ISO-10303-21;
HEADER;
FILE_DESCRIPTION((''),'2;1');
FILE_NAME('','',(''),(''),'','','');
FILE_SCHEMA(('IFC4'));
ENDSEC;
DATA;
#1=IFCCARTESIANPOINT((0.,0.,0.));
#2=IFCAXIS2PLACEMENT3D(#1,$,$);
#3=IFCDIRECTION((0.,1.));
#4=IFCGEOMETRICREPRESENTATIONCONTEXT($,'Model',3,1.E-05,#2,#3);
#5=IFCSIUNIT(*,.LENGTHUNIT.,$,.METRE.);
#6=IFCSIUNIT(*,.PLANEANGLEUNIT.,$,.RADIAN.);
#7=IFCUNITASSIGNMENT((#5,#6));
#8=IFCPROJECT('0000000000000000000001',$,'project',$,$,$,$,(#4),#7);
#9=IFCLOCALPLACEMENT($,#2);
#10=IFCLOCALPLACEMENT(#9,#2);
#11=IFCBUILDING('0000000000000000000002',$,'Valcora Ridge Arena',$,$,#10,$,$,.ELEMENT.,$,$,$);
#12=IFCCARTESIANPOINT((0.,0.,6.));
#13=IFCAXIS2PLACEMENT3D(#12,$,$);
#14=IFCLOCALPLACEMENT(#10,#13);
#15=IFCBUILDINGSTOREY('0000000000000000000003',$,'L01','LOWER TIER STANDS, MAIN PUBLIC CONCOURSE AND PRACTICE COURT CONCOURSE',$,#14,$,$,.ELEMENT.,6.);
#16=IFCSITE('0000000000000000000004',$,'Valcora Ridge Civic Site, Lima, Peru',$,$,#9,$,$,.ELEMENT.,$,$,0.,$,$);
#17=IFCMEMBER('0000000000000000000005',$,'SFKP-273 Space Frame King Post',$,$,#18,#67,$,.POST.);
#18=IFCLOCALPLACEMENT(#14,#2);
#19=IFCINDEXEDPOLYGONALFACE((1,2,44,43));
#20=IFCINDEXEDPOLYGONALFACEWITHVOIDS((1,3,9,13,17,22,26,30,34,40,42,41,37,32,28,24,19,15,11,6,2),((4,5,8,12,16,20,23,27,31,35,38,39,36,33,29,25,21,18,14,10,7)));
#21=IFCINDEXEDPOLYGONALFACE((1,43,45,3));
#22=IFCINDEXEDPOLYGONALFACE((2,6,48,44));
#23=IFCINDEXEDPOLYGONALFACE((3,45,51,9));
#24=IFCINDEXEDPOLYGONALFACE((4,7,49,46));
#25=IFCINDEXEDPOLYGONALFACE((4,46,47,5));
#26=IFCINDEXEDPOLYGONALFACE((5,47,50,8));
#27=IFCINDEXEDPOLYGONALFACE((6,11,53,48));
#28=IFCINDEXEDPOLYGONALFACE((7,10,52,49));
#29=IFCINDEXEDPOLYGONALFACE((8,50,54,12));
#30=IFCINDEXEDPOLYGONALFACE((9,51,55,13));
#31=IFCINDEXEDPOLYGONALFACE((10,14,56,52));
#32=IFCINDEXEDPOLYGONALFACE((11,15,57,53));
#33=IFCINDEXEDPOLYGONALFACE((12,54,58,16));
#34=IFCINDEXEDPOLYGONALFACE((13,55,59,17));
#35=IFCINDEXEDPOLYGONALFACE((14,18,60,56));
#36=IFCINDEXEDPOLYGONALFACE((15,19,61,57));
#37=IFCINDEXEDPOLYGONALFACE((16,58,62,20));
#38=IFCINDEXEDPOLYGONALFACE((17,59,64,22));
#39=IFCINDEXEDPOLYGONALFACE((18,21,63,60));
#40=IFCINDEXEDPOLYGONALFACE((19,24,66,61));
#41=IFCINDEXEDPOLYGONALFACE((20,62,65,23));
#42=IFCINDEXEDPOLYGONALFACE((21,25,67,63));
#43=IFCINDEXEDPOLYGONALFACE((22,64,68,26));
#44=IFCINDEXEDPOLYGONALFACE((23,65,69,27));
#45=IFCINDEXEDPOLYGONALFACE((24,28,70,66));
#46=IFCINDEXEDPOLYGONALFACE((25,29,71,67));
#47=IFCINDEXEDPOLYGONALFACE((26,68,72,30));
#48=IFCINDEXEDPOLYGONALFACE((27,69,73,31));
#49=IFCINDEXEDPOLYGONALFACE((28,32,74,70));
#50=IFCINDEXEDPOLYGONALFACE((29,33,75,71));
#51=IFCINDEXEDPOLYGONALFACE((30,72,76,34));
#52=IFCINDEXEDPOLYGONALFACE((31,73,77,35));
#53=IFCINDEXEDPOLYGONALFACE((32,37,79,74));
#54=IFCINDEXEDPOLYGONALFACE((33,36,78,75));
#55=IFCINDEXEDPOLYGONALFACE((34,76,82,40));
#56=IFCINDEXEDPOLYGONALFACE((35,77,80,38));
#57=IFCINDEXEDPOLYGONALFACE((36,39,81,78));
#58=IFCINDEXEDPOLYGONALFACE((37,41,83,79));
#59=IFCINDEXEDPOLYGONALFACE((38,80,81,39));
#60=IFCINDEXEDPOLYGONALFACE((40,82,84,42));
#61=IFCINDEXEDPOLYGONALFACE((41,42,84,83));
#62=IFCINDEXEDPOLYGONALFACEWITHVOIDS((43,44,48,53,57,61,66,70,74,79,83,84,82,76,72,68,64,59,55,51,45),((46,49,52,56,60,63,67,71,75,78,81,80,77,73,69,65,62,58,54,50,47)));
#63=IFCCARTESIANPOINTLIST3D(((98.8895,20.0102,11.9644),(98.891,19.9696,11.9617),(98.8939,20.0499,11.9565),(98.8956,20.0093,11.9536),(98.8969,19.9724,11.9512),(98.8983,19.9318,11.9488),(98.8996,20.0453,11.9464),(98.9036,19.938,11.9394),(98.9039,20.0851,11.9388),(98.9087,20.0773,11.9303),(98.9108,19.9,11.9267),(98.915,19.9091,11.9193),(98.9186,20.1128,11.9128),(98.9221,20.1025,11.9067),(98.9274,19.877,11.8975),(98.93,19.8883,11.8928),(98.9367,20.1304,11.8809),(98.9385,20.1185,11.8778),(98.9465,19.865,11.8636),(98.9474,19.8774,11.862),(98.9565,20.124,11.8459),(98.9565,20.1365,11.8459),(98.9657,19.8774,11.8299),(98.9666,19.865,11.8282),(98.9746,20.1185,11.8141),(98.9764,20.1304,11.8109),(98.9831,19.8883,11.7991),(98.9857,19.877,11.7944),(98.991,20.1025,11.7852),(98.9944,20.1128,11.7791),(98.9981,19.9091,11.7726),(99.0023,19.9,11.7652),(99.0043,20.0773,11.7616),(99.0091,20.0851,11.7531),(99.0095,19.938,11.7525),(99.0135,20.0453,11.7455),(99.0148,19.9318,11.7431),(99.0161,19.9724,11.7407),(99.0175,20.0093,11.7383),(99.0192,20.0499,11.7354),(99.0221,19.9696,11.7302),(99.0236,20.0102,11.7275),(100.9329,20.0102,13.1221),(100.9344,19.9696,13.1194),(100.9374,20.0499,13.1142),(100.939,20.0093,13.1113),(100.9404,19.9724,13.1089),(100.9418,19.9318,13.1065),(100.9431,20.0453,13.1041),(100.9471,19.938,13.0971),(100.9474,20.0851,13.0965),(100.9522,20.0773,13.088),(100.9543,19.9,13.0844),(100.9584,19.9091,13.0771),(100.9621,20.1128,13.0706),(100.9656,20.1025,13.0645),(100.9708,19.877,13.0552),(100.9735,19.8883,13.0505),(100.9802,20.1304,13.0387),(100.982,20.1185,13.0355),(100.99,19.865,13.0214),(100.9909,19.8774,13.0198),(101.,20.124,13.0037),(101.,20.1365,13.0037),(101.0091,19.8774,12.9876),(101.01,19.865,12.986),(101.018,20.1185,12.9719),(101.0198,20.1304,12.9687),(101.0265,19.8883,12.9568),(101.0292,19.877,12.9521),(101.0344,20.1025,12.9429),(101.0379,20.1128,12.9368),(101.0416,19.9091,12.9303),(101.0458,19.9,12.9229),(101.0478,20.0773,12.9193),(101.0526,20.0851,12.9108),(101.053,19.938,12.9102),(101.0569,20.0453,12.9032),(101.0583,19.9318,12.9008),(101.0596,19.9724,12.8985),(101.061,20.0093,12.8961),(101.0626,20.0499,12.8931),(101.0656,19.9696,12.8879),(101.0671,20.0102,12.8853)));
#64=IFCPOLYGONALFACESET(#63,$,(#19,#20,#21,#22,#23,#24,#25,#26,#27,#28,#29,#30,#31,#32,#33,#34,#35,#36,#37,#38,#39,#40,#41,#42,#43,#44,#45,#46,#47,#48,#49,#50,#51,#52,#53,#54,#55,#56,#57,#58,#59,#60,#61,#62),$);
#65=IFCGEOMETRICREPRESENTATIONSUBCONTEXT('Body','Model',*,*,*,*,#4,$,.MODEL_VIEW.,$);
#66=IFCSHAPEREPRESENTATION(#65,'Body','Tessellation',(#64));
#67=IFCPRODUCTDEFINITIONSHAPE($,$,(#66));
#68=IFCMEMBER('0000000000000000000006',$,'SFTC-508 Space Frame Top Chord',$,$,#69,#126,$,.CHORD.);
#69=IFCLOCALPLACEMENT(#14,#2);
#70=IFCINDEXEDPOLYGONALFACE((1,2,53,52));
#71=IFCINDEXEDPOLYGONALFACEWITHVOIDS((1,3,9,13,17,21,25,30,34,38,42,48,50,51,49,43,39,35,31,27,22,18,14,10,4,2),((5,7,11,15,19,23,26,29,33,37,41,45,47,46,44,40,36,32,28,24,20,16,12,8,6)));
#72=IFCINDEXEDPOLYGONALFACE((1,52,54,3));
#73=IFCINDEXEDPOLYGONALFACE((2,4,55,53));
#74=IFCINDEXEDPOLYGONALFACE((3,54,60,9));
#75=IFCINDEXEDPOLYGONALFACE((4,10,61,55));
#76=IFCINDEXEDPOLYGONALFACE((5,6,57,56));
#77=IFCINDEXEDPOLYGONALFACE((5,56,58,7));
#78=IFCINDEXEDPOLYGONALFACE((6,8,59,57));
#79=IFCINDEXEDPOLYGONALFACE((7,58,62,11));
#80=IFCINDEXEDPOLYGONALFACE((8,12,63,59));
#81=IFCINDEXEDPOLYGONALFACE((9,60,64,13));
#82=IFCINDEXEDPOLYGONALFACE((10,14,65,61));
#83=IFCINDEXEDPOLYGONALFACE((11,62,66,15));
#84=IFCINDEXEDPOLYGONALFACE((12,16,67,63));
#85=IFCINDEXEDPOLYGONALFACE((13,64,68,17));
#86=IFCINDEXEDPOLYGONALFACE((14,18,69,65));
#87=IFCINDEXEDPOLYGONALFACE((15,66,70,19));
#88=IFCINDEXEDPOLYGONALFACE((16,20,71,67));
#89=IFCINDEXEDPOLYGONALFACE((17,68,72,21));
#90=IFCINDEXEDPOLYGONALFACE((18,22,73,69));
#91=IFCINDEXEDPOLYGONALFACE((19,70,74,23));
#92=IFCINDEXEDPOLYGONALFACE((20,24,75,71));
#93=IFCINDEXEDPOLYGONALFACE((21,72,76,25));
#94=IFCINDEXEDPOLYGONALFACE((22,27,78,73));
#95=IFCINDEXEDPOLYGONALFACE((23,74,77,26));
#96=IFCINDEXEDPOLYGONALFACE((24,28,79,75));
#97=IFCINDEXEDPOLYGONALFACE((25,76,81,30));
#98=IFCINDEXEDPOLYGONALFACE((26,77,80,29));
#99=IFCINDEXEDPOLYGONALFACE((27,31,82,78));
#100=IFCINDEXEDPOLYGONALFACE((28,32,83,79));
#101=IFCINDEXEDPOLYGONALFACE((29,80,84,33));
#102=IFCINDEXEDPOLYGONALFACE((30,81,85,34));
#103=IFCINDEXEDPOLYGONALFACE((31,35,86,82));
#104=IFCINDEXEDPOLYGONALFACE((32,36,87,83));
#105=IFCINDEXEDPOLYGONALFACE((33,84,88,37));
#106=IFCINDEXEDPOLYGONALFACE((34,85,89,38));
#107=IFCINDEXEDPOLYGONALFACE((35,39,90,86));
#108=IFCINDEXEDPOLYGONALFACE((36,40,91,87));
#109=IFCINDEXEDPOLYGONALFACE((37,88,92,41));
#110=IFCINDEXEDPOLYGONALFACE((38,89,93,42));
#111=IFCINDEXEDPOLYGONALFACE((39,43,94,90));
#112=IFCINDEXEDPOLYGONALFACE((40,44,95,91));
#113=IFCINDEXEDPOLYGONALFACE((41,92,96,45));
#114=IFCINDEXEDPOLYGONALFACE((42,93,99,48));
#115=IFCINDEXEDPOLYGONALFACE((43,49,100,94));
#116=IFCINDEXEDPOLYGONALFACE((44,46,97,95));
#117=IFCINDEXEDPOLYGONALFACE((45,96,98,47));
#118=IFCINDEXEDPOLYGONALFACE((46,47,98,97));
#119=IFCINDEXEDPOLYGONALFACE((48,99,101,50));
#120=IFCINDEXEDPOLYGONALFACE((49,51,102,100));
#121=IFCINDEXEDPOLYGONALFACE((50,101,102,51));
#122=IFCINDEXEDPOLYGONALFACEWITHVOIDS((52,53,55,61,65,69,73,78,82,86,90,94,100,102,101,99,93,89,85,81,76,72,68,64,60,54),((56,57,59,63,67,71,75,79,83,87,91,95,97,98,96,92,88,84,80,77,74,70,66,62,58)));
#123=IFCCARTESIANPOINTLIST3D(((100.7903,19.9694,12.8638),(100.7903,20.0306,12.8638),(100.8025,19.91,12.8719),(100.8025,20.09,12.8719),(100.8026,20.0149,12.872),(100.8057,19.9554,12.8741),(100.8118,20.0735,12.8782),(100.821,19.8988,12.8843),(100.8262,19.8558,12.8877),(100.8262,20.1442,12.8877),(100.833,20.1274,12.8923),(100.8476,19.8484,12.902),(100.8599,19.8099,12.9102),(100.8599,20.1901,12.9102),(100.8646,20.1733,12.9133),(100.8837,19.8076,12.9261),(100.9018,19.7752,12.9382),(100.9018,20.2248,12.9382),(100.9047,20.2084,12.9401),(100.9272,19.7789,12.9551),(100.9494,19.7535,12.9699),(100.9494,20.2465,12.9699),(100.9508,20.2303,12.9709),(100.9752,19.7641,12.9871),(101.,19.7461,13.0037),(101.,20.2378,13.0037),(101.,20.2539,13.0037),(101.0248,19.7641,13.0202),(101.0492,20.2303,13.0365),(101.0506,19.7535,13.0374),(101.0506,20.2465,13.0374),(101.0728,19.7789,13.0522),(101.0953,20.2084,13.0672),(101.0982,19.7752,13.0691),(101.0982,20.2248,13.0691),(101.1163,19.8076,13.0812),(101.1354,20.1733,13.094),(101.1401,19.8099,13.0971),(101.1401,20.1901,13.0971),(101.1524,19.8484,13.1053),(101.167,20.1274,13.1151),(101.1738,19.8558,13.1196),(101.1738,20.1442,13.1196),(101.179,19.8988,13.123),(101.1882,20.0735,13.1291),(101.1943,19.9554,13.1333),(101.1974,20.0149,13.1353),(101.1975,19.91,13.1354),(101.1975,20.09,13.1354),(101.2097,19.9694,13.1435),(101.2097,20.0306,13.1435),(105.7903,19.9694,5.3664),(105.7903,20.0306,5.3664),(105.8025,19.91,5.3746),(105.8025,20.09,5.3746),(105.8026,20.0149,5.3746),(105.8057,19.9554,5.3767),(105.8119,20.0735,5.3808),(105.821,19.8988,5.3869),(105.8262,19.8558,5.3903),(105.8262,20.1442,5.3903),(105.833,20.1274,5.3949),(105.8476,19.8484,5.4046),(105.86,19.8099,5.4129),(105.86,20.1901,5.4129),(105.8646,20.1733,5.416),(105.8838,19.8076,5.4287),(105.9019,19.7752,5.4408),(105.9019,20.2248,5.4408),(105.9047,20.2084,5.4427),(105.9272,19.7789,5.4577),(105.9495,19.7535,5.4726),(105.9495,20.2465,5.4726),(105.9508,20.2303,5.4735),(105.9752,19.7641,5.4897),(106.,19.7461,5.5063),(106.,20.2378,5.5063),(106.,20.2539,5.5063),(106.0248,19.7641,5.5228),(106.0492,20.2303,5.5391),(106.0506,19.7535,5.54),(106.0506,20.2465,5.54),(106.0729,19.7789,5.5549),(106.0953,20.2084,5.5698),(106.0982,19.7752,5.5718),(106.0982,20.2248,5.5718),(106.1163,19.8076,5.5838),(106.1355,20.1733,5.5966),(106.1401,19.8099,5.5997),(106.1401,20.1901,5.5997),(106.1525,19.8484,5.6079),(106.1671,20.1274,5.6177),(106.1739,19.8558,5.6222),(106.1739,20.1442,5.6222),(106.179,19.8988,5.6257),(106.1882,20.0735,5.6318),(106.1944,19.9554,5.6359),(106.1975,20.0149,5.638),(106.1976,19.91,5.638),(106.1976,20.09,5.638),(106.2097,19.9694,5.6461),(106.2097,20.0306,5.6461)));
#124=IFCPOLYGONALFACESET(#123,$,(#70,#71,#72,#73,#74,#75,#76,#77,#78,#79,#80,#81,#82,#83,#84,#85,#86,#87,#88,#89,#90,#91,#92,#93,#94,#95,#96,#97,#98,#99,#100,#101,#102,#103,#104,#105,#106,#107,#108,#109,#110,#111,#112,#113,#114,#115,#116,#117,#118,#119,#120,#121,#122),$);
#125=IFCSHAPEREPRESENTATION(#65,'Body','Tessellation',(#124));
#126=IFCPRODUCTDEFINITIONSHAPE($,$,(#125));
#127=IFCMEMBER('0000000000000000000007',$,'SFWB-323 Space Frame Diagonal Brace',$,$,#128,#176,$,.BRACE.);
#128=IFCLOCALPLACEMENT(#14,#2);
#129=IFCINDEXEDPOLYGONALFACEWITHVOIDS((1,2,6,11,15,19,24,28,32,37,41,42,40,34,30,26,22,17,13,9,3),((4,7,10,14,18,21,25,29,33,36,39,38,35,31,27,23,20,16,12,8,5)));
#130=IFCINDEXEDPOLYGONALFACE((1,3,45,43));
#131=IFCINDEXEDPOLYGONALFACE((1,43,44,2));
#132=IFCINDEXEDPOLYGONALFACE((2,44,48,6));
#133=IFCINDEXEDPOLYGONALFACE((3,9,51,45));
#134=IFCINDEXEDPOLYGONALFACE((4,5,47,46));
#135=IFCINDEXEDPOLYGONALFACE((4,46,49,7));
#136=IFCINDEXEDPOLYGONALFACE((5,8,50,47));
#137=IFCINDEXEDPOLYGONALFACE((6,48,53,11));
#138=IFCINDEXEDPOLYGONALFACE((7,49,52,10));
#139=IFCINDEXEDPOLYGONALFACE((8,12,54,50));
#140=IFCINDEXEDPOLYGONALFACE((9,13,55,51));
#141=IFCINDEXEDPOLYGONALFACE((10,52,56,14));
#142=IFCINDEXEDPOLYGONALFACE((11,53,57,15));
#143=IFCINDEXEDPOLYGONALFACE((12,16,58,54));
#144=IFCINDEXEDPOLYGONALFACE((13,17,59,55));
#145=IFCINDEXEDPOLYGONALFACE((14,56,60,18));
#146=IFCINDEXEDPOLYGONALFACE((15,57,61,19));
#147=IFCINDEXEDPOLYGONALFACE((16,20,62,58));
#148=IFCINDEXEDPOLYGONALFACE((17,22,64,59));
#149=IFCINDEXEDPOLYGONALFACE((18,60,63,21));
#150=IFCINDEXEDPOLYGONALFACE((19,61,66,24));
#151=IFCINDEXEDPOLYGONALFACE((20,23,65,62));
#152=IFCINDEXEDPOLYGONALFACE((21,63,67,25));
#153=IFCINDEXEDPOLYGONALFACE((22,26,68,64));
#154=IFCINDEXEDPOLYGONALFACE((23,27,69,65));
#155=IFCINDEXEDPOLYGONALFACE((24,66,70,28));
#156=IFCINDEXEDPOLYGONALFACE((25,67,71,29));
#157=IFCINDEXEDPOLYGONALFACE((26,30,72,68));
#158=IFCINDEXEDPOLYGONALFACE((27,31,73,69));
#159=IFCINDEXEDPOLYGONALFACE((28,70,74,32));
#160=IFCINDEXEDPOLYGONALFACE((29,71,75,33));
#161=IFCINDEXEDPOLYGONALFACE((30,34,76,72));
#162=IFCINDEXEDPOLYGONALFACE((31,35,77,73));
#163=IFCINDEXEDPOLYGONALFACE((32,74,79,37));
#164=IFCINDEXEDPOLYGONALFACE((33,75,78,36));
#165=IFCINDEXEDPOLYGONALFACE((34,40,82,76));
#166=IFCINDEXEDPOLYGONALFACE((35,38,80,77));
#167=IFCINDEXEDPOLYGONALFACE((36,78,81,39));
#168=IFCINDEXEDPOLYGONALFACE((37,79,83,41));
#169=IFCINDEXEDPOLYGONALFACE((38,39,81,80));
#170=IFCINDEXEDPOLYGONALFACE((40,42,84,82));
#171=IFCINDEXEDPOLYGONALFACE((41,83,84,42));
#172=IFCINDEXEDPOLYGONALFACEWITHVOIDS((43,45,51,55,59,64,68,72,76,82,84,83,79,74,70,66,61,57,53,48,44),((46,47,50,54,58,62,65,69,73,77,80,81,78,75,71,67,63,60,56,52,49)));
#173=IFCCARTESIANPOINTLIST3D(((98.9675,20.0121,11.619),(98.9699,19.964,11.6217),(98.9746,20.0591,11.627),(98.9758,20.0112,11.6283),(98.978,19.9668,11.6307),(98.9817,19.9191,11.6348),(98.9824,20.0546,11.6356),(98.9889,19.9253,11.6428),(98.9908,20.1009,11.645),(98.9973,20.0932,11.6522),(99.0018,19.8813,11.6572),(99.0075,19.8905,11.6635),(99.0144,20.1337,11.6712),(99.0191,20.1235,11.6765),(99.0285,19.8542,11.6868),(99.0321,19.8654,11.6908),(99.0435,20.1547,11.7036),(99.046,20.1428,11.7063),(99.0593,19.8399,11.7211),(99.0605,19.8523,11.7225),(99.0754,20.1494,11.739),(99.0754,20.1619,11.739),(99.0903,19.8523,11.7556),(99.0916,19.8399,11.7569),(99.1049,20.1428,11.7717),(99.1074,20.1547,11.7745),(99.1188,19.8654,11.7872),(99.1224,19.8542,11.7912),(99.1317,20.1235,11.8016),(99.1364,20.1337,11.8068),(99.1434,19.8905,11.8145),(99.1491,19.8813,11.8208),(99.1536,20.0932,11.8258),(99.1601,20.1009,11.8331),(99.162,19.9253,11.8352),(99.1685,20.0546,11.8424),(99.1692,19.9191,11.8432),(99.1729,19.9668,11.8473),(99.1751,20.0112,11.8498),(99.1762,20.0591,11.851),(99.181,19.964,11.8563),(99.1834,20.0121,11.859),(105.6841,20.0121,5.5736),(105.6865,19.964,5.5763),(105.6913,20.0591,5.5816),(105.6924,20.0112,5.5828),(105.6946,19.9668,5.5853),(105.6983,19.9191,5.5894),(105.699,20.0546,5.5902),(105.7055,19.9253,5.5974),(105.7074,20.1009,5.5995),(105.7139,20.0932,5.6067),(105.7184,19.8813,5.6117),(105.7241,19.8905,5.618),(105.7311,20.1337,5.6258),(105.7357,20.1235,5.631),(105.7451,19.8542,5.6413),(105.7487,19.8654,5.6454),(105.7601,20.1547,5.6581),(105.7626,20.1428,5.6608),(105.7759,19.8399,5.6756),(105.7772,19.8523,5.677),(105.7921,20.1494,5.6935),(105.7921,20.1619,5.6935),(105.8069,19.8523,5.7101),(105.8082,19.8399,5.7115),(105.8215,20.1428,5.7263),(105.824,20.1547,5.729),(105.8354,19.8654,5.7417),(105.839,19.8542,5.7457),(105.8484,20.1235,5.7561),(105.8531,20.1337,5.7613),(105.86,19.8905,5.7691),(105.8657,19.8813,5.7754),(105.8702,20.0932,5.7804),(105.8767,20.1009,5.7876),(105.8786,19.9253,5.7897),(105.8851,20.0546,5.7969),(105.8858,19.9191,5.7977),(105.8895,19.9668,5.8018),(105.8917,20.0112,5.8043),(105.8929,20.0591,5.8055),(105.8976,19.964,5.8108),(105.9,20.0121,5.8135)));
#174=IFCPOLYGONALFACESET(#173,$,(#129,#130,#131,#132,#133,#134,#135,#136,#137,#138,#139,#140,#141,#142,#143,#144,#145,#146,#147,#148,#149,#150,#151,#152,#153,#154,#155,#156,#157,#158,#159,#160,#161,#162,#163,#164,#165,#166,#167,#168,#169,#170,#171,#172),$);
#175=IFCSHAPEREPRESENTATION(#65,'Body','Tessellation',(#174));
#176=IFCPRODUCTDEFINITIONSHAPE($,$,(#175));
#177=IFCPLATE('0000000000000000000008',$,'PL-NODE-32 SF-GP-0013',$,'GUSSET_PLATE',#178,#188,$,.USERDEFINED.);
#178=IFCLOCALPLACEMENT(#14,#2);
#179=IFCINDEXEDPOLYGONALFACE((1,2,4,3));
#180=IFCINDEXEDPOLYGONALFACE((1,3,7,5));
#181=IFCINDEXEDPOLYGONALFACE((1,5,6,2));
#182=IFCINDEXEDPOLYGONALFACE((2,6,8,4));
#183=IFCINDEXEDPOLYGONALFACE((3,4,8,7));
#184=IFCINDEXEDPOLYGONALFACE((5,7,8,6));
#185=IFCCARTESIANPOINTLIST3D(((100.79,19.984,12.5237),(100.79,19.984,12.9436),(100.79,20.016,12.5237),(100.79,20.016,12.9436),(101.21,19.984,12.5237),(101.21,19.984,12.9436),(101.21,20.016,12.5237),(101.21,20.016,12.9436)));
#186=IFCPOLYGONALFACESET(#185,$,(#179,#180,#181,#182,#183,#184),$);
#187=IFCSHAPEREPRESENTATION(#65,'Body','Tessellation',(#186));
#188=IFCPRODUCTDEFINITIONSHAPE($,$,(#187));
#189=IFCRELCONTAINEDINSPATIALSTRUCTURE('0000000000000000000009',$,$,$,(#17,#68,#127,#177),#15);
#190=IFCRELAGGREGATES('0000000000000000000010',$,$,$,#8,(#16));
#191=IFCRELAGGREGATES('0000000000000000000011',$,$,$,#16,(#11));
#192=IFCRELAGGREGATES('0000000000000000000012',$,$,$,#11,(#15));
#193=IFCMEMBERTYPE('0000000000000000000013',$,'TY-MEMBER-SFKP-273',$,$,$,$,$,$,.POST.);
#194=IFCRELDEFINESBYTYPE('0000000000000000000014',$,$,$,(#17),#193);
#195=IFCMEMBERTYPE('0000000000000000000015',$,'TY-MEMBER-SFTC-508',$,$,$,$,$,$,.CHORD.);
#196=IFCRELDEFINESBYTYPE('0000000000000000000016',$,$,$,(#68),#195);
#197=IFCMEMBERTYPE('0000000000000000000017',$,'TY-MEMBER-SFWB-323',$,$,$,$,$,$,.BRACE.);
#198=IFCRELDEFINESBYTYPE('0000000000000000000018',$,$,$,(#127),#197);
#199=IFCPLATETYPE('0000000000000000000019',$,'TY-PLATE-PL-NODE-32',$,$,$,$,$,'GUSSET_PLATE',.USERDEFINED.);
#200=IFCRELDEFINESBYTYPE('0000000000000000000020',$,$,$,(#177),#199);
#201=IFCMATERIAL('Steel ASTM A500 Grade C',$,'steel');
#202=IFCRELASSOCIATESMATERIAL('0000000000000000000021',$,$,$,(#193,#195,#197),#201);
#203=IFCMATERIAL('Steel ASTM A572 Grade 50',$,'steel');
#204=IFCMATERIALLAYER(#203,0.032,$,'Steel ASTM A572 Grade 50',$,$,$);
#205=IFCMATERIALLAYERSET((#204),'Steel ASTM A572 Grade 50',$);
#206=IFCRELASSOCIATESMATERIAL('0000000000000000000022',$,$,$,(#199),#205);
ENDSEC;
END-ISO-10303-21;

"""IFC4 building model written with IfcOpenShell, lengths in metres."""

from ifc_helpers import new_model, si_unit, direction, frame, origin, origin_2d, place, context, subcontext, project, spatial, rectangle, hollow_circle, extrude, material, layer, layer_set, material_profile, profile_set, type_object, element, save


model = new_model("IFC4")

# Units and contexts
model_context = context("Model", 3, precision=1e-05, world=origin(), true_north=direction((0.0, 1.0)))
body_context = subcontext(model_context, "Body", "Model", "MODEL_VIEW")
ifc_project = project(units=[si_unit("LENGTHUNIT", "METRE"), si_unit("PLANEANGLEUNIT", "RADIAN")], contexts=[model_context])

# Site, building, storey
site_placement = place(None, origin())
site = spatial("IfcSite", under=ifc_project, at=site_placement, Name="Valcora Ridge Civic Site, Lima, Peru", CompositionType="ELEMENT", RefElevation=0.0)
building_placement = place(site_placement, origin())
building = spatial("IfcBuilding", under=site, at=building_placement, Name="Valcora Ridge Arena", CompositionType="ELEMENT")
storey_placement = place(building_placement, frame((0.0, 0.0, 6.0)))
storey = spatial("IfcBuildingStorey", under=building, at=storey_placement, Name="L01", Description="LOWER TIER STANDS, MAIN PUBLIC CONCOURSE AND PRACTICE COURT CONCOURSE", CompositionType="ELEMENT", Elevation=6.0)

# Members
ifc_material_1 = material(Name="Steel ASTM A500 Grade C", Category="steel")
ifc_material_profile_1 = material_profile(ifc_material_1, hollow_circle(Radius=0.1365, WallThickness=0.0125, at=origin_2d()), Name="CHS273X12")
ifc_profile_set_1 = profile_set([ifc_material_profile_1], Name="Steel ASTM A500 Grade C")
member_type_1 = type_object("IfcMemberType", Name="TY-MEMBER-SFKP-273", PredefinedType="POST", material=ifc_profile_set_1)
member_1_placement = place(storey_placement, frame((98.9565, 20.0, 11.8459), z_axis=(0.870067, 0.0, 0.492934), x_axis=(0.0, 1.0, 0.0)))
element("IfcMember", 1, at=member_1_placement, inside=storey, type_object=member_type_1, Name="SFKP-273 Space Frame King Post", PredefinedType="POST", context=body_context, shape_type="SweptSolid", body=[
    extrude(hollow_circle(Radius=0.1365, WallThickness=0.0125, at=origin_2d()), origin(), (0.0, 0.0, 1.0), 2.3486),
])
ifc_material_profile_2 = material_profile(ifc_material_1, hollow_circle(Radius=0.2539, WallThickness=0.0161, at=origin_2d()), Name="CHS508X16")
ifc_profile_set_2 = profile_set([ifc_material_profile_2], Name="Steel ASTM A500 Grade C")
member_type_2 = type_object("IfcMemberType", Name="TY-MEMBER-SFTC-508", PredefinedType="CHORD", material=ifc_profile_set_2)
member_2_placement = place(storey_placement, frame((101.0, 20.0, 13.0037), z_axis=(0.554838, 0.0, -0.831959), x_axis=(0.0, 1.0, 0.0)))
element("IfcMember", 2, at=member_2_placement, inside=storey, type_object=member_type_2, Name="SFTC-508 Space Frame Top Chord", PredefinedType="CHORD", context=body_context, shape_type="SweptSolid", body=[
    extrude(hollow_circle(Radius=0.2539, WallThickness=0.0161, at=origin_2d()), origin(), (0.0, 0.0, 1.0), 9.0117),
])
ifc_material_profile_3 = material_profile(ifc_material_1, hollow_circle(Radius=0.1619, WallThickness=0.0125, at=origin_2d()), Name="CHS323X12")
ifc_profile_set_3 = profile_set([ifc_material_profile_3], Name="Steel ASTM A500 Grade C")
member_type_3 = type_object("IfcMemberType", Name="TY-MEMBER-SFWB-323", PredefinedType="BRACE", material=ifc_profile_set_3)
member_3_placement = place(storey_placement, frame((99.0754, 20.0, 11.739), z_axis=(0.743266, 0.0, -0.668996), x_axis=(0.0, 1.0, 0.0)))
element("IfcMember", 3, at=member_3_placement, inside=storey, type_object=member_type_3, Name="SFWB-323 Space Frame Diagonal Brace", PredefinedType="BRACE", context=body_context, shape_type="SweptSolid", body=[
    extrude(hollow_circle(Radius=0.1619, WallThickness=0.0125, at=origin_2d()), origin(), (0.0, 0.0, 1.0), 9.0366),
])

# Plate
ifc_material_2 = material(Name="Steel ASTM A572 Grade 50", Category="steel")
ifc_layer_1 = layer(ifc_material_2, 0.032, Name="Steel ASTM A572 Grade 50")
ifc_layer_set_1 = layer_set([ifc_layer_1], Name="Steel ASTM A572 Grade 50")
plate_type_1 = type_object("IfcPlateType", Name="TY-PLATE-PL-NODE-32", ElementType="GUSSET_PLATE", PredefinedType="USERDEFINED", material=ifc_layer_set_1)
plate_1_placement = place(storey_placement, frame((101.0, 20.0, 12.5237), z_axis=(0.0, 0.0, 1.0), x_axis=(1.0, 0.0, 0.0)))
element("IfcPlate", 4, at=plate_1_placement, inside=storey, type_object=plate_type_1, Name="PL-NODE-32 SF-GP-0013", ObjectType="GUSSET_PLATE", PredefinedType="USERDEFINED", context=body_context, shape_type="SweptSolid", body=[
    extrude(rectangle(XDim=0.4199, YDim=0.032, at=origin_2d()), origin(), (0.0, 0.0, 1.0), 0.4199),
])

save(model, "model.ifc")
